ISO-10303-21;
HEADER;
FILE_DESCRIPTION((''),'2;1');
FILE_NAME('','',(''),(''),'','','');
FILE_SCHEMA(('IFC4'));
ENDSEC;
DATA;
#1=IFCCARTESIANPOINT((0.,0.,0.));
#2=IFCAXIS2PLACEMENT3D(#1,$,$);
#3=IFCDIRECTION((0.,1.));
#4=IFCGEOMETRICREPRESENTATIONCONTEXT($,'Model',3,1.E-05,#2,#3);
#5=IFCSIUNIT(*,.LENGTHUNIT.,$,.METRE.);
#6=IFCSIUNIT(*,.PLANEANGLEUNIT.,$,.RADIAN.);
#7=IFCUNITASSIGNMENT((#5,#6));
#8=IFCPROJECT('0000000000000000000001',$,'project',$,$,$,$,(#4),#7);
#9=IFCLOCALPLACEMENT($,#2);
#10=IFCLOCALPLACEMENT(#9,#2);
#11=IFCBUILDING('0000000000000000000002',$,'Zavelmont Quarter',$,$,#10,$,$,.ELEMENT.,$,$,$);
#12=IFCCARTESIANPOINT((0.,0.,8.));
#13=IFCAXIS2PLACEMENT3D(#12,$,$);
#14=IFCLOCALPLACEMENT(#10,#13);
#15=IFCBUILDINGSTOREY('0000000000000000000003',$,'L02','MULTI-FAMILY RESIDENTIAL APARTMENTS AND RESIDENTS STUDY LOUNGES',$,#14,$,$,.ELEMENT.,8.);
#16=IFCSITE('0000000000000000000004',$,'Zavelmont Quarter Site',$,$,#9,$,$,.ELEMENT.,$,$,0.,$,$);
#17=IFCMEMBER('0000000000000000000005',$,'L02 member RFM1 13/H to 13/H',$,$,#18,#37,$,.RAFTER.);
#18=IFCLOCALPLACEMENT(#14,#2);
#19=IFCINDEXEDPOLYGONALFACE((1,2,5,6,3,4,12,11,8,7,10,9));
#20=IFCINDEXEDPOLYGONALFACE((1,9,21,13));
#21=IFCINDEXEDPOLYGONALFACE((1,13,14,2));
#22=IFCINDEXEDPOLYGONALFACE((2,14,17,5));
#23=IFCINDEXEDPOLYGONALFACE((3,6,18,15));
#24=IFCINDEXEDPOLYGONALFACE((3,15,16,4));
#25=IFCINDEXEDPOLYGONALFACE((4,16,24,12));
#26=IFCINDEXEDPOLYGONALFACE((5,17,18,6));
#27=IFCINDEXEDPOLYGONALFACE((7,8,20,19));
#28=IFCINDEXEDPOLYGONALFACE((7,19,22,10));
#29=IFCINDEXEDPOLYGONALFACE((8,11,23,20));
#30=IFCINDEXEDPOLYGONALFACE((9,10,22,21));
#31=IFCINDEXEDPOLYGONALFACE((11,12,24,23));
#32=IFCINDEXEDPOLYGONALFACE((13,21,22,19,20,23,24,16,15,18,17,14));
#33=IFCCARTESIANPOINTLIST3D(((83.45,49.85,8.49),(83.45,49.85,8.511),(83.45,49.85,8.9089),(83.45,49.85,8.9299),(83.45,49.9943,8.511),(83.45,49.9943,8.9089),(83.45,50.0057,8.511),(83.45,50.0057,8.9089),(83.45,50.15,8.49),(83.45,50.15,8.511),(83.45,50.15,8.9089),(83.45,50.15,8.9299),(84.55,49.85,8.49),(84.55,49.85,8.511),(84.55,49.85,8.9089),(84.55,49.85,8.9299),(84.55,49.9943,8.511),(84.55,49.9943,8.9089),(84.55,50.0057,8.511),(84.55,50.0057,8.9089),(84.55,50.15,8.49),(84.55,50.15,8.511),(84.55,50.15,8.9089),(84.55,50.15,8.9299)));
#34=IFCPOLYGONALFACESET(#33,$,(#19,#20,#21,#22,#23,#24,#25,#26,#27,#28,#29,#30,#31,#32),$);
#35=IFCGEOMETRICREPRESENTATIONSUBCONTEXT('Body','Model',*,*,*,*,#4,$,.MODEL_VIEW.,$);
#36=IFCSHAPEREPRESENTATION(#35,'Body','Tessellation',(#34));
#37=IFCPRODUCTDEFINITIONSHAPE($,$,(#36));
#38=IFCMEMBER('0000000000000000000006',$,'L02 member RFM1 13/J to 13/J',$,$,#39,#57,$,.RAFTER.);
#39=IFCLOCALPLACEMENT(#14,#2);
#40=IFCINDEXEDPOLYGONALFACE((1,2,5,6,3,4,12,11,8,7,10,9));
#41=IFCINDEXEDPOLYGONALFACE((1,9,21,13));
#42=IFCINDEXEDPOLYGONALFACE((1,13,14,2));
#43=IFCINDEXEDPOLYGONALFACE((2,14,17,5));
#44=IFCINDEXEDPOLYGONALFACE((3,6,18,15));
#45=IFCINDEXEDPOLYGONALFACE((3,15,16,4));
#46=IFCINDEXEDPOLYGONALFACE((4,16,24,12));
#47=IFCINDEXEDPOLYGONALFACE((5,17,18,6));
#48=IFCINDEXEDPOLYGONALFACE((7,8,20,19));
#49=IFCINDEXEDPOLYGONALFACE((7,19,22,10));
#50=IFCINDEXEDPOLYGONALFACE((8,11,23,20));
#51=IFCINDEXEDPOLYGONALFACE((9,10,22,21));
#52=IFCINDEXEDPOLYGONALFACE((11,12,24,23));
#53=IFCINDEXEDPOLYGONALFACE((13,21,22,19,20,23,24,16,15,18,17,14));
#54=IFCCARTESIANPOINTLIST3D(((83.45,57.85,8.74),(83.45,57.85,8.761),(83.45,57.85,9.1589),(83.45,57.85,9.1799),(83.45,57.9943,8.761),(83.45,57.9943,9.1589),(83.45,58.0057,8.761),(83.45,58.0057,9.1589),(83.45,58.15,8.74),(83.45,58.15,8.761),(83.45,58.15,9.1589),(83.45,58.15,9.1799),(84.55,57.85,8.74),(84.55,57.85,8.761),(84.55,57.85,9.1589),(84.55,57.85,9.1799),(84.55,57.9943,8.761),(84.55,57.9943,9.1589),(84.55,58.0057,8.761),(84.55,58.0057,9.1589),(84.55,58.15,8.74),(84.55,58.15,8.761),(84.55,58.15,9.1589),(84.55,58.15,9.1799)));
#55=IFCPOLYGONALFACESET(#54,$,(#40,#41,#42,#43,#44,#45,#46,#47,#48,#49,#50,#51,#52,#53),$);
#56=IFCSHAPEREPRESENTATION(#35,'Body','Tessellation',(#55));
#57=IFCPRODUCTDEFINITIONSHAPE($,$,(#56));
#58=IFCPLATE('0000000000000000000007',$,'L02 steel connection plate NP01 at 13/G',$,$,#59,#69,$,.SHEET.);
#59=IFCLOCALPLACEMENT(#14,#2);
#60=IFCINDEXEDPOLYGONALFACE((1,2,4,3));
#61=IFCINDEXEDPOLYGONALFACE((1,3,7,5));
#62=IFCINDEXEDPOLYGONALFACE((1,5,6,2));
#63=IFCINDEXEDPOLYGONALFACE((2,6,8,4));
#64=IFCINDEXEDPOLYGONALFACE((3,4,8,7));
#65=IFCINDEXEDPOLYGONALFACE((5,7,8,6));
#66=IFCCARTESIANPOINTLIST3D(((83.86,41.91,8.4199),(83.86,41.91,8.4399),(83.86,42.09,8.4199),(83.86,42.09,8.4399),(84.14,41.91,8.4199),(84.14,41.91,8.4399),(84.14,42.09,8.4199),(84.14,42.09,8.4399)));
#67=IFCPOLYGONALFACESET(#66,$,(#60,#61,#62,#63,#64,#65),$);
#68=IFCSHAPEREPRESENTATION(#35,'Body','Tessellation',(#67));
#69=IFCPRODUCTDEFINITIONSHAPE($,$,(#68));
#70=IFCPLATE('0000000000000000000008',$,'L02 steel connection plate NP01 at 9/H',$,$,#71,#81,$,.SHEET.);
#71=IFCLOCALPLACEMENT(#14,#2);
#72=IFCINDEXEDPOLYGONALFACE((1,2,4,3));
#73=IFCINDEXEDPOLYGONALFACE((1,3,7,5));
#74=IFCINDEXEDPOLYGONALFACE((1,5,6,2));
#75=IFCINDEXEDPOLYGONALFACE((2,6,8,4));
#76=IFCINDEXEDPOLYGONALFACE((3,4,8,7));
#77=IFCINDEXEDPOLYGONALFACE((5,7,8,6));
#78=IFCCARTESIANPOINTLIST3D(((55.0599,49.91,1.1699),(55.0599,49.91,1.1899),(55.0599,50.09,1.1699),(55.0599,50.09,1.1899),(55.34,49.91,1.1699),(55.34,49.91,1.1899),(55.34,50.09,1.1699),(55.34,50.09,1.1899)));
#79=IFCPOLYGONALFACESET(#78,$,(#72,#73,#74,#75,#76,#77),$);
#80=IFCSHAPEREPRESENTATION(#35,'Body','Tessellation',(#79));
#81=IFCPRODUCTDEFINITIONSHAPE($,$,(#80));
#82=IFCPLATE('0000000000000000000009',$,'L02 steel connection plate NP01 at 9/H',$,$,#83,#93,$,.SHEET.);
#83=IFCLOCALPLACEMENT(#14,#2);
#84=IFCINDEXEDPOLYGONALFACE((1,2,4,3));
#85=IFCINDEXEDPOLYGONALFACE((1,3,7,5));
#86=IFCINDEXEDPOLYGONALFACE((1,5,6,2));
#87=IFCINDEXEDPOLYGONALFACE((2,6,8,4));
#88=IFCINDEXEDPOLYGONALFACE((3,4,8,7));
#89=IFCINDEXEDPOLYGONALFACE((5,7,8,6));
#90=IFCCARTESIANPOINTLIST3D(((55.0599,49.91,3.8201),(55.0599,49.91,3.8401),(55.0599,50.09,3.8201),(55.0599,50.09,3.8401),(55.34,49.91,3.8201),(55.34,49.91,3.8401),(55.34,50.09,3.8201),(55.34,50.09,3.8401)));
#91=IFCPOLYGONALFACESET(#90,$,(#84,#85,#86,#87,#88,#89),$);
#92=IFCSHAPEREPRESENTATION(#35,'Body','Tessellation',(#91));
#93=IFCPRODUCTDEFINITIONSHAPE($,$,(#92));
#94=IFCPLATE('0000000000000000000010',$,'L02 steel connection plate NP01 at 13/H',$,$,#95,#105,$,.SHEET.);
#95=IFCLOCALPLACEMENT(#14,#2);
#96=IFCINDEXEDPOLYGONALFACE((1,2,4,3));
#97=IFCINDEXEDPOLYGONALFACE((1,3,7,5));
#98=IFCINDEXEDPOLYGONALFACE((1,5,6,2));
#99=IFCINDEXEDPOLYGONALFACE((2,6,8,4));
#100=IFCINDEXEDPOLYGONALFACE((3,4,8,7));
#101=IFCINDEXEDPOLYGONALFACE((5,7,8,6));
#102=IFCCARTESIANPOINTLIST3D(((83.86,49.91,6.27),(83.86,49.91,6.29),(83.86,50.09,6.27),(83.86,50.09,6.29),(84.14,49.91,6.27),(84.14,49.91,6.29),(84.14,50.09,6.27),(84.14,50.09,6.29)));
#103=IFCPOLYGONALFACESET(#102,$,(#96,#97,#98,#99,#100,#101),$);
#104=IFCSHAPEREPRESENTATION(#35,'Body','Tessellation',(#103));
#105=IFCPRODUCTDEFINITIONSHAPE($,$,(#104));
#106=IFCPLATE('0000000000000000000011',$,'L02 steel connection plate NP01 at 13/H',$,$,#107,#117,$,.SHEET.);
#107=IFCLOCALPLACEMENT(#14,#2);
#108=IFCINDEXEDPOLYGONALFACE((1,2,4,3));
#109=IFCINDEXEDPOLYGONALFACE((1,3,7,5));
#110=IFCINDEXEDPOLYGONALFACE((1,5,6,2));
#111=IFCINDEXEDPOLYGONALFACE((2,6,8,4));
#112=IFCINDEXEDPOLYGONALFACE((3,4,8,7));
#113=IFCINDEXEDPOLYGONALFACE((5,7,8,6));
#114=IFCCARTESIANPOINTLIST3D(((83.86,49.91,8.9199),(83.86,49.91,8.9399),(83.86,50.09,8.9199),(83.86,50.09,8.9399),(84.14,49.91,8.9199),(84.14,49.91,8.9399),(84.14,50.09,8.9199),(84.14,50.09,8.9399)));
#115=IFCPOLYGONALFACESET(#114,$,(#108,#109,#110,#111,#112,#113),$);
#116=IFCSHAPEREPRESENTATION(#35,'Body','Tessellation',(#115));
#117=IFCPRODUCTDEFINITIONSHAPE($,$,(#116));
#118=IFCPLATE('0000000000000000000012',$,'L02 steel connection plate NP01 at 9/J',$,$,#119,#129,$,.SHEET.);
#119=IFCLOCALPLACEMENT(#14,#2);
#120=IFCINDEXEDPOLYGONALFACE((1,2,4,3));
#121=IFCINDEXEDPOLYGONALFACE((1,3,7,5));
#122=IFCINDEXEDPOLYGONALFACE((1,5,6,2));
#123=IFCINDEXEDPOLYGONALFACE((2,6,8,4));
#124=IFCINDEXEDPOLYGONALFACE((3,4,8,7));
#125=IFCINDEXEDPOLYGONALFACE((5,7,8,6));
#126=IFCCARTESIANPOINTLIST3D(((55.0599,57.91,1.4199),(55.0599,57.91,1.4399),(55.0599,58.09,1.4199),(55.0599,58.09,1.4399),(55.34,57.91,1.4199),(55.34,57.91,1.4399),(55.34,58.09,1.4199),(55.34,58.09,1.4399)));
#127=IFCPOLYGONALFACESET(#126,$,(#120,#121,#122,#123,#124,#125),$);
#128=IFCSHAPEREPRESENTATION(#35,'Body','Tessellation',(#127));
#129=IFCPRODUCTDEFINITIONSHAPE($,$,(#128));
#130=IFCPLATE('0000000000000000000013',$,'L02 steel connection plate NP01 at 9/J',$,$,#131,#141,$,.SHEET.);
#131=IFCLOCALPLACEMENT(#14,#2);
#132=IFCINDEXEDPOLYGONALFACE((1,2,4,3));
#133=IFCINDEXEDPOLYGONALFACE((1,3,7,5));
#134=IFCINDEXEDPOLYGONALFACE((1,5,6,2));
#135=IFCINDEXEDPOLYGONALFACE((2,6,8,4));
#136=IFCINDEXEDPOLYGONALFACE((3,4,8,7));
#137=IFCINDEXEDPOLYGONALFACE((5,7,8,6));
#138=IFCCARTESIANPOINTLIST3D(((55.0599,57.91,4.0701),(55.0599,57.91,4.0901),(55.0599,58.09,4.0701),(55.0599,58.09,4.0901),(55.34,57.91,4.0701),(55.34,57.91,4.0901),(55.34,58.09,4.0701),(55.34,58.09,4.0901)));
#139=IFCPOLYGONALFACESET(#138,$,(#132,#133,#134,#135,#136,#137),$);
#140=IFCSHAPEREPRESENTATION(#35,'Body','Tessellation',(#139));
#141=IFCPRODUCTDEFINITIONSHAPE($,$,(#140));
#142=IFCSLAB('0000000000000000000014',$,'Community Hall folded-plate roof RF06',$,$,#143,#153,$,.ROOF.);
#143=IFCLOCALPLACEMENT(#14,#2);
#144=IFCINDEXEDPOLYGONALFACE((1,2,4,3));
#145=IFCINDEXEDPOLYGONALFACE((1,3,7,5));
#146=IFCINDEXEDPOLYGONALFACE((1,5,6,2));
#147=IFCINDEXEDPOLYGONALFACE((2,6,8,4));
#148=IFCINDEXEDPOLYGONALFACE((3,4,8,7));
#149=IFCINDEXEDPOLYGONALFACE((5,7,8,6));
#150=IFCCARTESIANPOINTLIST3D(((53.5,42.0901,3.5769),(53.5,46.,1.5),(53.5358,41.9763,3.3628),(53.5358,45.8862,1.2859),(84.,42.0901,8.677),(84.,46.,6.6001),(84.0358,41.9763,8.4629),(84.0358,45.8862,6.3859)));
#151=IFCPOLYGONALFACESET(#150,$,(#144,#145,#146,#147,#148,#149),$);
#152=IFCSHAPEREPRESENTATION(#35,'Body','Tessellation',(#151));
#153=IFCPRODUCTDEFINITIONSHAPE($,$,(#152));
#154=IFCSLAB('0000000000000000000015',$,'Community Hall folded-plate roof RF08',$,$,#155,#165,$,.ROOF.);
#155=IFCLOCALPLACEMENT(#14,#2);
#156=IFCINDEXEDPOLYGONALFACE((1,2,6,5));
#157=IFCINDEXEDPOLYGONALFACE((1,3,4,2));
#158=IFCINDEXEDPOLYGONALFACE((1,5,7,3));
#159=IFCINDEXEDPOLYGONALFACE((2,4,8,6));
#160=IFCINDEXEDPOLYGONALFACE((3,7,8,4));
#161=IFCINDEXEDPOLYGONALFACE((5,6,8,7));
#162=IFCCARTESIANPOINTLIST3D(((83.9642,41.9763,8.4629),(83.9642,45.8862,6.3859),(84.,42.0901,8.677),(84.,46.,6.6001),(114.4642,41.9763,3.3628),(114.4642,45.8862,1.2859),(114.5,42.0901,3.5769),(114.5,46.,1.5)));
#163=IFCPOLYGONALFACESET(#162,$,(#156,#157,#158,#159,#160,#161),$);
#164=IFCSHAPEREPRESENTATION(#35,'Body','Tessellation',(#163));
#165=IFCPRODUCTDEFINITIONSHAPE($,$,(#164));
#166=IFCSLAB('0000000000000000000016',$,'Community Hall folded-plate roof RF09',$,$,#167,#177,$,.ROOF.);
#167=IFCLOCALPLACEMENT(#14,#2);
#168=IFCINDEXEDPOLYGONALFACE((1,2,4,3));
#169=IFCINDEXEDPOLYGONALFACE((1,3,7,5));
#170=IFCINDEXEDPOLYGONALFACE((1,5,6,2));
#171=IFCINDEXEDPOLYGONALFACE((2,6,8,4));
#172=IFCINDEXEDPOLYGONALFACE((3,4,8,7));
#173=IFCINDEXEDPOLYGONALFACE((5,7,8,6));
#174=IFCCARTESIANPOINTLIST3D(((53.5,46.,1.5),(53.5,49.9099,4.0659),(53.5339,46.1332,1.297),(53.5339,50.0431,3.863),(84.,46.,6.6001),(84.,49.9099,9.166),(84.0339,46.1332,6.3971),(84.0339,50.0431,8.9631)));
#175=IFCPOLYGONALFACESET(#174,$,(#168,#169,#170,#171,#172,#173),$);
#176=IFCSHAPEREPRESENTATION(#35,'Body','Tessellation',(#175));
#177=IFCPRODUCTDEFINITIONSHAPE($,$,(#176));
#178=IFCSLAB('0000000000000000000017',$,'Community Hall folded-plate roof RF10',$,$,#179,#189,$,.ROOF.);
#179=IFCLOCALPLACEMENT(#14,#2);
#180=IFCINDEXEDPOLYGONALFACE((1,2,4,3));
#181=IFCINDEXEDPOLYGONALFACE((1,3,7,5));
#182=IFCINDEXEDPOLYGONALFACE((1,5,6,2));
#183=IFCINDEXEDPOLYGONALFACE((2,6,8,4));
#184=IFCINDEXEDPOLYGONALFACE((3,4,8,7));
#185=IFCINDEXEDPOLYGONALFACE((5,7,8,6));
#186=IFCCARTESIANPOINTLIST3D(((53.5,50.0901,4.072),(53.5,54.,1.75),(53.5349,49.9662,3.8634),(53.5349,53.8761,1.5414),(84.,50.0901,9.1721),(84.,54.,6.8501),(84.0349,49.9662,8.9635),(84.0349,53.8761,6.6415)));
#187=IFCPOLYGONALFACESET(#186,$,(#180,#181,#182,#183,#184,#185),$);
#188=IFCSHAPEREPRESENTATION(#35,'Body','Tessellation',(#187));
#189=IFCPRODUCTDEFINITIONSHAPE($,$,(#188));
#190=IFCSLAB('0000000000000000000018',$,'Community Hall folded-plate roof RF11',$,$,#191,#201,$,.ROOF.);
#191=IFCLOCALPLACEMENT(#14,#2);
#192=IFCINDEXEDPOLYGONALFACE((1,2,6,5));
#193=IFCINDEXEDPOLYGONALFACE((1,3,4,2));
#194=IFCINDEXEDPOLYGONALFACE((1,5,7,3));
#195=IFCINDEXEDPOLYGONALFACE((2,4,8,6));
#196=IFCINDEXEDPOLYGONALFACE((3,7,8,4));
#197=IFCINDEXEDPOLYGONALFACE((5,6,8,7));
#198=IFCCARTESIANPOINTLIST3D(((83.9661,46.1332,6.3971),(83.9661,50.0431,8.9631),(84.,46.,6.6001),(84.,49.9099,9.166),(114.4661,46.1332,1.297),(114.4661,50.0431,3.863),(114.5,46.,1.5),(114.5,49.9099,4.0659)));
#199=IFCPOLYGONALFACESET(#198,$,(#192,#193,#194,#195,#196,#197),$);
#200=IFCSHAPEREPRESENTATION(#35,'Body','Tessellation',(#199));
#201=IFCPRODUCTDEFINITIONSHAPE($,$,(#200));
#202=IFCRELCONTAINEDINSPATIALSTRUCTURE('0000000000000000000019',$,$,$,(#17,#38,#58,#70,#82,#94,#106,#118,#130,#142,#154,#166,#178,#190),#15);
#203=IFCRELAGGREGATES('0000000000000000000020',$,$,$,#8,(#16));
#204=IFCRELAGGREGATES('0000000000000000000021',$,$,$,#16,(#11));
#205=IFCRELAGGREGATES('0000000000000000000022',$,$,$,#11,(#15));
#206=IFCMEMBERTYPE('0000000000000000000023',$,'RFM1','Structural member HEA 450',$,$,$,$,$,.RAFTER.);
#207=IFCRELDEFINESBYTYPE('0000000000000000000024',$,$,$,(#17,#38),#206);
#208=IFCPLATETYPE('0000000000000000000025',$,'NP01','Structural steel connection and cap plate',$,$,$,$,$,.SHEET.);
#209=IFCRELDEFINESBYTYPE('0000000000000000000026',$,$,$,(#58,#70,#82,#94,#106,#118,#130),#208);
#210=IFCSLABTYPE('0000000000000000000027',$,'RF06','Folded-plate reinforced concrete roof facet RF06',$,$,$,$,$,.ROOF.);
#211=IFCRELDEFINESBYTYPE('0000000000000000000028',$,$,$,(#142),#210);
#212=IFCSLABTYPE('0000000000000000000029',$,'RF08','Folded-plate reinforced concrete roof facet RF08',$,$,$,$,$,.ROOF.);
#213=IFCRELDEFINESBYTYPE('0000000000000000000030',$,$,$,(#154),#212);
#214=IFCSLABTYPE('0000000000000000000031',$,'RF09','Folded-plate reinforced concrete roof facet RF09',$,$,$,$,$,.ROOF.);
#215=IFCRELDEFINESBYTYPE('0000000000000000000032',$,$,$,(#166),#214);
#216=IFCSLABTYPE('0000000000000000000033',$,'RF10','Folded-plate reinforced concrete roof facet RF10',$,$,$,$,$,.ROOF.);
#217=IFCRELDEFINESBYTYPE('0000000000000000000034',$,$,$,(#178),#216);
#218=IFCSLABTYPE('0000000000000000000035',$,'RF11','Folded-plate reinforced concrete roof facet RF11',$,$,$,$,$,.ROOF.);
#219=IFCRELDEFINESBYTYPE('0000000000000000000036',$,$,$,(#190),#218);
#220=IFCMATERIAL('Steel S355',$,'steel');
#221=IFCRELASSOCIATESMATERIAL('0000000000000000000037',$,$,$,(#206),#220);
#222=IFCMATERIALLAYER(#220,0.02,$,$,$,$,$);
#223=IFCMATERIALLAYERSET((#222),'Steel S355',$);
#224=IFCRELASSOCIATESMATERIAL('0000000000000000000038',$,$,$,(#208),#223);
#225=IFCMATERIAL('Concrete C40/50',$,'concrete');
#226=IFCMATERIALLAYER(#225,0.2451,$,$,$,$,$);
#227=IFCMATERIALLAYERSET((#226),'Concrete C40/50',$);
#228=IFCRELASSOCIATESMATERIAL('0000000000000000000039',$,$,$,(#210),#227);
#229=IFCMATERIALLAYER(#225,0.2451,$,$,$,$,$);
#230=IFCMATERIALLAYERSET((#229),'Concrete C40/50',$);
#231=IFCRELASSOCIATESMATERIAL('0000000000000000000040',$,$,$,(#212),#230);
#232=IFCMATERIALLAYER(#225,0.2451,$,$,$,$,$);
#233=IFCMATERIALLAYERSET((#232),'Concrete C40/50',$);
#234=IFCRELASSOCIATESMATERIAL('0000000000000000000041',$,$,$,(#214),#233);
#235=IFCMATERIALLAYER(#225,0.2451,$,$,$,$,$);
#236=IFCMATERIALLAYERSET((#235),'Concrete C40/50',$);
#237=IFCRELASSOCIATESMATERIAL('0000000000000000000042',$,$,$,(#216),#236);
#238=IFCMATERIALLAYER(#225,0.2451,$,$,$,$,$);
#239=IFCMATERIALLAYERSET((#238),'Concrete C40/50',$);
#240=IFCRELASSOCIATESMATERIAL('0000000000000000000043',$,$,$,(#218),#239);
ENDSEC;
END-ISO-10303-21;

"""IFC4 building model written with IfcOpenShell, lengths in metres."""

from ifc_helpers import new_model, si_unit, direction, frame, origin, origin_2d, place, context, subcontext, project, spatial, polyline, rectangle, i_section, outline, extrude, material, layer, layer_set, material_profile, profile_set, type_object, element, save


model = new_model("IFC4")

# Units and contexts
model_context = context("Model", 3, precision=1e-05, world=origin(), true_north=direction((0.0, 1.0)))
body_context = subcontext(model_context, "Body", "Model", "MODEL_VIEW")
ifc_project = project(units=[si_unit("LENGTHUNIT", "METRE"), si_unit("PLANEANGLEUNIT", "RADIAN")], contexts=[model_context])

# Site, building, storey
site_placement = place(None, origin())
site = spatial("IfcSite", under=ifc_project, at=site_placement, Name="Zavelmont Quarter Site", CompositionType="ELEMENT", RefElevation=0.0)
building_placement = place(site_placement, origin())
building = spatial("IfcBuilding", under=site, at=building_placement, Name="Zavelmont Quarter", CompositionType="ELEMENT")
storey_placement = place(building_placement, frame((0.0, 0.0, 8.0)))
storey = spatial("IfcBuildingStorey", under=building, at=storey_placement, Name="L02", Description="MULTI-FAMILY RESIDENTIAL APARTMENTS AND RESIDENTS STUDY LOUNGES", CompositionType="ELEMENT", Elevation=8.0)

# Shared definitions
ifc_material_1 = material(Name="Concrete C40/50", Category="concrete")

# Members
ifc_material_2 = material(Name="Steel S355", Category="steel")
ifc_material_profile_1 = material_profile(ifc_material_2, i_section(OverallWidth=0.3, OverallDepth=0.4399, WebThickness=0.0115, FlangeThickness=0.021, at=origin_2d()), Name="HEA 450")
ifc_profile_set_1 = profile_set([ifc_material_profile_1], Name="Steel S355")
member_type_1 = type_object("IfcMemberType", Name="RFM1", Description="Structural member HEA 450", PredefinedType="RAFTER", material=ifc_profile_set_1)
for number, where, z_axis, x_axis, name in (
    (1, (83.45, 50.0, 8.71), (1.0, 0.0, 0.0), (0.0, 1.0, 0.0), "L02 member RFM1 13/H to 13/H"),
    (2, (83.45, 58.0, 8.96), (1.0, 0.0, 0.0), (0.0, 1.0, 0.0), "L02 member RFM1 13/J to 13/J"),
):
    element("IfcMember", number, at=place(storey_placement, frame(where, z_axis=z_axis, x_axis=x_axis)), inside=storey, type_object=member_type_1, Name=name, PredefinedType="RAFTER", context=body_context, shape_type="SweptSolid", body=[
        extrude(i_section(OverallWidth=0.3, OverallDepth=0.4399, WebThickness=0.0115, FlangeThickness=0.021, at=origin_2d()), origin(), (0.0, 0.0, 1.0), 1.1001),
    ])

# Plates
ifc_layer_1 = layer(ifc_material_2, 0.02)
ifc_layer_set_1 = layer_set([ifc_layer_1], Name="Steel S355")
plate_type = type_object("IfcPlateType", Name="NP01", Description="Structural steel connection and cap plate", PredefinedType="SHEET", material=ifc_layer_set_1)
for number, where, z_axis, x_axis, name in (
    (3, (84.0, 42.0, 8.4199), (0.0, 0.0, 1.0), (1.0, 0.0, 0.0), "L02 steel connection plate NP01 at 13/G"),
    (4, (55.2, 50.0, 1.1699), (0.0, 0.0, 1.0), (1.0, 0.0, 0.0), "L02 steel connection plate NP01 at 9/H"),
    (5, (55.2, 50.0, 3.8201), (0.0, 0.0, 1.0), (1.0, 0.0, 0.0), "L02 steel connection plate NP01 at 9/H"),
    (6, (84.0, 50.0, 6.27), (0.0, 0.0, 1.0), (1.0, 0.0, 0.0), "L02 steel connection plate NP01 at 13/H"),
    (7, (84.0, 50.0, 8.9199), (0.0, 0.0, 1.0), (1.0, 0.0, 0.0), "L02 steel connection plate NP01 at 13/H"),
    (8, (55.2, 58.0, 1.4199), (0.0, 0.0, 1.0), (1.0, 0.0, 0.0), "L02 steel connection plate NP01 at 9/J"),
    (9, (55.2, 58.0, 4.0701), (0.0, 0.0, 1.0), (1.0, 0.0, 0.0), "L02 steel connection plate NP01 at 9/J"),
):
    element("IfcPlate", number, at=place(storey_placement, frame(where, z_axis=z_axis, x_axis=x_axis)), inside=storey, type_object=plate_type, Name=name, PredefinedType="SHEET", context=body_context, shape_type="SweptSolid", body=[
        extrude(rectangle(XDim=0.28, YDim=0.1799, at=origin_2d()), origin(), (0.0, 0.0, 1.0), 0.02),
    ])

# Slabs
ifc_layer_2 = layer(ifc_material_1, 0.2451)
ifc_layer_set_2 = layer_set([ifc_layer_2], Name="Concrete C40/50")
slab_type_1 = type_object("IfcSlabType", Name="RF06", Description="Folded-plate reinforced concrete roof facet RF06", PredefinedType="ROOF", material=ifc_layer_set_2)
slab_1_placement = place(storey_placement, frame((53.5, 42.0901, 3.5769), z_axis=(-0.146091, 0.464081, 0.873663), x_axis=(0.986306, 0.0, 0.164926)))
element("IfcSlab", 10, at=slab_1_placement, inside=storey, type_object=slab_type_1, Name="Community Hall folded-plate roof RF06", PredefinedType="ROOF", context=body_context, shape_type="SweptSolid", body=[
    extrude(outline(polyline([(0.0, 0.0), (30.9235, 0.0), (30.5809, 4.414), (-0.3425, 4.414), (0.0, 0.0)])), origin(), (0.0, 0.0, -1.0), 0.2451),
])
ifc_layer_3 = layer(ifc_material_1, 0.2451)
ifc_layer_set_3 = layer_set([ifc_layer_3], Name="Concrete C40/50")
slab_type_2 = type_object("IfcSlabType", Name="RF08", Description="Folded-plate reinforced concrete roof facet RF08", PredefinedType="ROOF", material=ifc_layer_set_3)
slab_2_placement = place(storey_placement, frame((84.0, 42.0901, 8.677), z_axis=(0.146091, 0.464081, 0.873663), x_axis=(0.986306, 0.0, -0.164926)))
element("IfcSlab", 11, at=slab_2_placement, inside=storey, type_object=slab_type_2, Name="Community Hall folded-plate roof RF08", PredefinedType="ROOF", context=body_context, shape_type="SweptSolid", body=[
    extrude(outline(polyline([(0.0, 0.0), (30.9235, 0.0), (31.266, 4.414), (0.3425, 4.414), (0.0, 0.0)])), origin(), (0.0, 0.0, -1.0), 0.2451),
])
ifc_layer_4 = layer(ifc_material_1, 0.2451)
ifc_layer_set_4 = layer_set([ifc_layer_4], Name="Concrete C40/50")
slab_type_3 = type_object("IfcSlabType", Name="RF09", Description="Folded-plate reinforced concrete roof facet RF09", PredefinedType="ROOF", material=ifc_layer_set_4)
slab_3_placement = place(storey_placement, frame((53.5, 46.0, 1.5), z_axis=(-0.138454, -0.543378, 0.827992), x_axis=(0.986306, 0.0, 0.164926)))
element("IfcSlab", 12, at=slab_3_placement, inside=storey, type_object=slab_type_3, Name="Community Hall folded-plate roof RF09", PredefinedType="ROOF", context=body_context, shape_type="SweptSolid", body=[
    extrude(outline(polyline([(0.0, 0.0), (30.9235, 0.0), (31.3467, 4.6575), (0.4232, 4.6575), (0.0, 0.0)])), origin(), (0.0, 0.0, -1.0), 0.2451),
])
ifc_layer_5 = layer(ifc_material_1, 0.2451)
ifc_layer_set_5 = layer_set([ifc_layer_5], Name="Concrete C40/50")
slab_type_4 = type_object("IfcSlabType", Name="RF10", Description="Folded-plate reinforced concrete roof facet RF10", PredefinedType="ROOF", material=ifc_layer_set_5)
slab_4_placement = place(storey_placement, frame((53.5, 50.0901, 4.072), z_axis=(-0.14231, 0.505425, 0.851054), x_axis=(0.986306, 0.0, 0.164926)))
element("IfcSlab", 13, at=slab_4_placement, inside=storey, type_object=slab_type_4, Name="Community Hall folded-plate roof RF10", PredefinedType="ROOF", context=body_context, shape_type="SweptSolid", body=[
    extrude(outline(polyline([(0.0, 0.0), (30.9235, 0.0), (30.5405, 4.5313), (-0.383, 4.5313), (0.0, 0.0)])), origin(), (0.0, 0.0, -1.0), 0.2451),
])
ifc_layer_6 = layer(ifc_material_1, 0.2451)
ifc_layer_set_6 = layer_set([ifc_layer_6], Name="Concrete C40/50")
slab_type_5 = type_object("IfcSlabType", Name="RF11", Description="Folded-plate reinforced concrete roof facet RF11", PredefinedType="ROOF", material=ifc_layer_set_6)
slab_5_placement = place(storey_placement, frame((84.0, 46.0, 6.6001), z_axis=(0.138454, -0.543378, 0.827992), x_axis=(0.986306, 0.0, -0.164926)))
element("IfcSlab", 14, at=slab_5_placement, inside=storey, type_object=slab_type_5, Name="Community Hall folded-plate roof RF11", PredefinedType="ROOF", context=body_context, shape_type="SweptSolid", body=[
    extrude(outline(polyline([(0.0, 0.0), (30.9235, 0.0), (30.5003, 4.6575), (-0.4232, 4.6575), (0.0, 0.0)])), origin(), (0.0, 0.0, -1.0), 0.2451),
])

save(model, "model.ifc")
